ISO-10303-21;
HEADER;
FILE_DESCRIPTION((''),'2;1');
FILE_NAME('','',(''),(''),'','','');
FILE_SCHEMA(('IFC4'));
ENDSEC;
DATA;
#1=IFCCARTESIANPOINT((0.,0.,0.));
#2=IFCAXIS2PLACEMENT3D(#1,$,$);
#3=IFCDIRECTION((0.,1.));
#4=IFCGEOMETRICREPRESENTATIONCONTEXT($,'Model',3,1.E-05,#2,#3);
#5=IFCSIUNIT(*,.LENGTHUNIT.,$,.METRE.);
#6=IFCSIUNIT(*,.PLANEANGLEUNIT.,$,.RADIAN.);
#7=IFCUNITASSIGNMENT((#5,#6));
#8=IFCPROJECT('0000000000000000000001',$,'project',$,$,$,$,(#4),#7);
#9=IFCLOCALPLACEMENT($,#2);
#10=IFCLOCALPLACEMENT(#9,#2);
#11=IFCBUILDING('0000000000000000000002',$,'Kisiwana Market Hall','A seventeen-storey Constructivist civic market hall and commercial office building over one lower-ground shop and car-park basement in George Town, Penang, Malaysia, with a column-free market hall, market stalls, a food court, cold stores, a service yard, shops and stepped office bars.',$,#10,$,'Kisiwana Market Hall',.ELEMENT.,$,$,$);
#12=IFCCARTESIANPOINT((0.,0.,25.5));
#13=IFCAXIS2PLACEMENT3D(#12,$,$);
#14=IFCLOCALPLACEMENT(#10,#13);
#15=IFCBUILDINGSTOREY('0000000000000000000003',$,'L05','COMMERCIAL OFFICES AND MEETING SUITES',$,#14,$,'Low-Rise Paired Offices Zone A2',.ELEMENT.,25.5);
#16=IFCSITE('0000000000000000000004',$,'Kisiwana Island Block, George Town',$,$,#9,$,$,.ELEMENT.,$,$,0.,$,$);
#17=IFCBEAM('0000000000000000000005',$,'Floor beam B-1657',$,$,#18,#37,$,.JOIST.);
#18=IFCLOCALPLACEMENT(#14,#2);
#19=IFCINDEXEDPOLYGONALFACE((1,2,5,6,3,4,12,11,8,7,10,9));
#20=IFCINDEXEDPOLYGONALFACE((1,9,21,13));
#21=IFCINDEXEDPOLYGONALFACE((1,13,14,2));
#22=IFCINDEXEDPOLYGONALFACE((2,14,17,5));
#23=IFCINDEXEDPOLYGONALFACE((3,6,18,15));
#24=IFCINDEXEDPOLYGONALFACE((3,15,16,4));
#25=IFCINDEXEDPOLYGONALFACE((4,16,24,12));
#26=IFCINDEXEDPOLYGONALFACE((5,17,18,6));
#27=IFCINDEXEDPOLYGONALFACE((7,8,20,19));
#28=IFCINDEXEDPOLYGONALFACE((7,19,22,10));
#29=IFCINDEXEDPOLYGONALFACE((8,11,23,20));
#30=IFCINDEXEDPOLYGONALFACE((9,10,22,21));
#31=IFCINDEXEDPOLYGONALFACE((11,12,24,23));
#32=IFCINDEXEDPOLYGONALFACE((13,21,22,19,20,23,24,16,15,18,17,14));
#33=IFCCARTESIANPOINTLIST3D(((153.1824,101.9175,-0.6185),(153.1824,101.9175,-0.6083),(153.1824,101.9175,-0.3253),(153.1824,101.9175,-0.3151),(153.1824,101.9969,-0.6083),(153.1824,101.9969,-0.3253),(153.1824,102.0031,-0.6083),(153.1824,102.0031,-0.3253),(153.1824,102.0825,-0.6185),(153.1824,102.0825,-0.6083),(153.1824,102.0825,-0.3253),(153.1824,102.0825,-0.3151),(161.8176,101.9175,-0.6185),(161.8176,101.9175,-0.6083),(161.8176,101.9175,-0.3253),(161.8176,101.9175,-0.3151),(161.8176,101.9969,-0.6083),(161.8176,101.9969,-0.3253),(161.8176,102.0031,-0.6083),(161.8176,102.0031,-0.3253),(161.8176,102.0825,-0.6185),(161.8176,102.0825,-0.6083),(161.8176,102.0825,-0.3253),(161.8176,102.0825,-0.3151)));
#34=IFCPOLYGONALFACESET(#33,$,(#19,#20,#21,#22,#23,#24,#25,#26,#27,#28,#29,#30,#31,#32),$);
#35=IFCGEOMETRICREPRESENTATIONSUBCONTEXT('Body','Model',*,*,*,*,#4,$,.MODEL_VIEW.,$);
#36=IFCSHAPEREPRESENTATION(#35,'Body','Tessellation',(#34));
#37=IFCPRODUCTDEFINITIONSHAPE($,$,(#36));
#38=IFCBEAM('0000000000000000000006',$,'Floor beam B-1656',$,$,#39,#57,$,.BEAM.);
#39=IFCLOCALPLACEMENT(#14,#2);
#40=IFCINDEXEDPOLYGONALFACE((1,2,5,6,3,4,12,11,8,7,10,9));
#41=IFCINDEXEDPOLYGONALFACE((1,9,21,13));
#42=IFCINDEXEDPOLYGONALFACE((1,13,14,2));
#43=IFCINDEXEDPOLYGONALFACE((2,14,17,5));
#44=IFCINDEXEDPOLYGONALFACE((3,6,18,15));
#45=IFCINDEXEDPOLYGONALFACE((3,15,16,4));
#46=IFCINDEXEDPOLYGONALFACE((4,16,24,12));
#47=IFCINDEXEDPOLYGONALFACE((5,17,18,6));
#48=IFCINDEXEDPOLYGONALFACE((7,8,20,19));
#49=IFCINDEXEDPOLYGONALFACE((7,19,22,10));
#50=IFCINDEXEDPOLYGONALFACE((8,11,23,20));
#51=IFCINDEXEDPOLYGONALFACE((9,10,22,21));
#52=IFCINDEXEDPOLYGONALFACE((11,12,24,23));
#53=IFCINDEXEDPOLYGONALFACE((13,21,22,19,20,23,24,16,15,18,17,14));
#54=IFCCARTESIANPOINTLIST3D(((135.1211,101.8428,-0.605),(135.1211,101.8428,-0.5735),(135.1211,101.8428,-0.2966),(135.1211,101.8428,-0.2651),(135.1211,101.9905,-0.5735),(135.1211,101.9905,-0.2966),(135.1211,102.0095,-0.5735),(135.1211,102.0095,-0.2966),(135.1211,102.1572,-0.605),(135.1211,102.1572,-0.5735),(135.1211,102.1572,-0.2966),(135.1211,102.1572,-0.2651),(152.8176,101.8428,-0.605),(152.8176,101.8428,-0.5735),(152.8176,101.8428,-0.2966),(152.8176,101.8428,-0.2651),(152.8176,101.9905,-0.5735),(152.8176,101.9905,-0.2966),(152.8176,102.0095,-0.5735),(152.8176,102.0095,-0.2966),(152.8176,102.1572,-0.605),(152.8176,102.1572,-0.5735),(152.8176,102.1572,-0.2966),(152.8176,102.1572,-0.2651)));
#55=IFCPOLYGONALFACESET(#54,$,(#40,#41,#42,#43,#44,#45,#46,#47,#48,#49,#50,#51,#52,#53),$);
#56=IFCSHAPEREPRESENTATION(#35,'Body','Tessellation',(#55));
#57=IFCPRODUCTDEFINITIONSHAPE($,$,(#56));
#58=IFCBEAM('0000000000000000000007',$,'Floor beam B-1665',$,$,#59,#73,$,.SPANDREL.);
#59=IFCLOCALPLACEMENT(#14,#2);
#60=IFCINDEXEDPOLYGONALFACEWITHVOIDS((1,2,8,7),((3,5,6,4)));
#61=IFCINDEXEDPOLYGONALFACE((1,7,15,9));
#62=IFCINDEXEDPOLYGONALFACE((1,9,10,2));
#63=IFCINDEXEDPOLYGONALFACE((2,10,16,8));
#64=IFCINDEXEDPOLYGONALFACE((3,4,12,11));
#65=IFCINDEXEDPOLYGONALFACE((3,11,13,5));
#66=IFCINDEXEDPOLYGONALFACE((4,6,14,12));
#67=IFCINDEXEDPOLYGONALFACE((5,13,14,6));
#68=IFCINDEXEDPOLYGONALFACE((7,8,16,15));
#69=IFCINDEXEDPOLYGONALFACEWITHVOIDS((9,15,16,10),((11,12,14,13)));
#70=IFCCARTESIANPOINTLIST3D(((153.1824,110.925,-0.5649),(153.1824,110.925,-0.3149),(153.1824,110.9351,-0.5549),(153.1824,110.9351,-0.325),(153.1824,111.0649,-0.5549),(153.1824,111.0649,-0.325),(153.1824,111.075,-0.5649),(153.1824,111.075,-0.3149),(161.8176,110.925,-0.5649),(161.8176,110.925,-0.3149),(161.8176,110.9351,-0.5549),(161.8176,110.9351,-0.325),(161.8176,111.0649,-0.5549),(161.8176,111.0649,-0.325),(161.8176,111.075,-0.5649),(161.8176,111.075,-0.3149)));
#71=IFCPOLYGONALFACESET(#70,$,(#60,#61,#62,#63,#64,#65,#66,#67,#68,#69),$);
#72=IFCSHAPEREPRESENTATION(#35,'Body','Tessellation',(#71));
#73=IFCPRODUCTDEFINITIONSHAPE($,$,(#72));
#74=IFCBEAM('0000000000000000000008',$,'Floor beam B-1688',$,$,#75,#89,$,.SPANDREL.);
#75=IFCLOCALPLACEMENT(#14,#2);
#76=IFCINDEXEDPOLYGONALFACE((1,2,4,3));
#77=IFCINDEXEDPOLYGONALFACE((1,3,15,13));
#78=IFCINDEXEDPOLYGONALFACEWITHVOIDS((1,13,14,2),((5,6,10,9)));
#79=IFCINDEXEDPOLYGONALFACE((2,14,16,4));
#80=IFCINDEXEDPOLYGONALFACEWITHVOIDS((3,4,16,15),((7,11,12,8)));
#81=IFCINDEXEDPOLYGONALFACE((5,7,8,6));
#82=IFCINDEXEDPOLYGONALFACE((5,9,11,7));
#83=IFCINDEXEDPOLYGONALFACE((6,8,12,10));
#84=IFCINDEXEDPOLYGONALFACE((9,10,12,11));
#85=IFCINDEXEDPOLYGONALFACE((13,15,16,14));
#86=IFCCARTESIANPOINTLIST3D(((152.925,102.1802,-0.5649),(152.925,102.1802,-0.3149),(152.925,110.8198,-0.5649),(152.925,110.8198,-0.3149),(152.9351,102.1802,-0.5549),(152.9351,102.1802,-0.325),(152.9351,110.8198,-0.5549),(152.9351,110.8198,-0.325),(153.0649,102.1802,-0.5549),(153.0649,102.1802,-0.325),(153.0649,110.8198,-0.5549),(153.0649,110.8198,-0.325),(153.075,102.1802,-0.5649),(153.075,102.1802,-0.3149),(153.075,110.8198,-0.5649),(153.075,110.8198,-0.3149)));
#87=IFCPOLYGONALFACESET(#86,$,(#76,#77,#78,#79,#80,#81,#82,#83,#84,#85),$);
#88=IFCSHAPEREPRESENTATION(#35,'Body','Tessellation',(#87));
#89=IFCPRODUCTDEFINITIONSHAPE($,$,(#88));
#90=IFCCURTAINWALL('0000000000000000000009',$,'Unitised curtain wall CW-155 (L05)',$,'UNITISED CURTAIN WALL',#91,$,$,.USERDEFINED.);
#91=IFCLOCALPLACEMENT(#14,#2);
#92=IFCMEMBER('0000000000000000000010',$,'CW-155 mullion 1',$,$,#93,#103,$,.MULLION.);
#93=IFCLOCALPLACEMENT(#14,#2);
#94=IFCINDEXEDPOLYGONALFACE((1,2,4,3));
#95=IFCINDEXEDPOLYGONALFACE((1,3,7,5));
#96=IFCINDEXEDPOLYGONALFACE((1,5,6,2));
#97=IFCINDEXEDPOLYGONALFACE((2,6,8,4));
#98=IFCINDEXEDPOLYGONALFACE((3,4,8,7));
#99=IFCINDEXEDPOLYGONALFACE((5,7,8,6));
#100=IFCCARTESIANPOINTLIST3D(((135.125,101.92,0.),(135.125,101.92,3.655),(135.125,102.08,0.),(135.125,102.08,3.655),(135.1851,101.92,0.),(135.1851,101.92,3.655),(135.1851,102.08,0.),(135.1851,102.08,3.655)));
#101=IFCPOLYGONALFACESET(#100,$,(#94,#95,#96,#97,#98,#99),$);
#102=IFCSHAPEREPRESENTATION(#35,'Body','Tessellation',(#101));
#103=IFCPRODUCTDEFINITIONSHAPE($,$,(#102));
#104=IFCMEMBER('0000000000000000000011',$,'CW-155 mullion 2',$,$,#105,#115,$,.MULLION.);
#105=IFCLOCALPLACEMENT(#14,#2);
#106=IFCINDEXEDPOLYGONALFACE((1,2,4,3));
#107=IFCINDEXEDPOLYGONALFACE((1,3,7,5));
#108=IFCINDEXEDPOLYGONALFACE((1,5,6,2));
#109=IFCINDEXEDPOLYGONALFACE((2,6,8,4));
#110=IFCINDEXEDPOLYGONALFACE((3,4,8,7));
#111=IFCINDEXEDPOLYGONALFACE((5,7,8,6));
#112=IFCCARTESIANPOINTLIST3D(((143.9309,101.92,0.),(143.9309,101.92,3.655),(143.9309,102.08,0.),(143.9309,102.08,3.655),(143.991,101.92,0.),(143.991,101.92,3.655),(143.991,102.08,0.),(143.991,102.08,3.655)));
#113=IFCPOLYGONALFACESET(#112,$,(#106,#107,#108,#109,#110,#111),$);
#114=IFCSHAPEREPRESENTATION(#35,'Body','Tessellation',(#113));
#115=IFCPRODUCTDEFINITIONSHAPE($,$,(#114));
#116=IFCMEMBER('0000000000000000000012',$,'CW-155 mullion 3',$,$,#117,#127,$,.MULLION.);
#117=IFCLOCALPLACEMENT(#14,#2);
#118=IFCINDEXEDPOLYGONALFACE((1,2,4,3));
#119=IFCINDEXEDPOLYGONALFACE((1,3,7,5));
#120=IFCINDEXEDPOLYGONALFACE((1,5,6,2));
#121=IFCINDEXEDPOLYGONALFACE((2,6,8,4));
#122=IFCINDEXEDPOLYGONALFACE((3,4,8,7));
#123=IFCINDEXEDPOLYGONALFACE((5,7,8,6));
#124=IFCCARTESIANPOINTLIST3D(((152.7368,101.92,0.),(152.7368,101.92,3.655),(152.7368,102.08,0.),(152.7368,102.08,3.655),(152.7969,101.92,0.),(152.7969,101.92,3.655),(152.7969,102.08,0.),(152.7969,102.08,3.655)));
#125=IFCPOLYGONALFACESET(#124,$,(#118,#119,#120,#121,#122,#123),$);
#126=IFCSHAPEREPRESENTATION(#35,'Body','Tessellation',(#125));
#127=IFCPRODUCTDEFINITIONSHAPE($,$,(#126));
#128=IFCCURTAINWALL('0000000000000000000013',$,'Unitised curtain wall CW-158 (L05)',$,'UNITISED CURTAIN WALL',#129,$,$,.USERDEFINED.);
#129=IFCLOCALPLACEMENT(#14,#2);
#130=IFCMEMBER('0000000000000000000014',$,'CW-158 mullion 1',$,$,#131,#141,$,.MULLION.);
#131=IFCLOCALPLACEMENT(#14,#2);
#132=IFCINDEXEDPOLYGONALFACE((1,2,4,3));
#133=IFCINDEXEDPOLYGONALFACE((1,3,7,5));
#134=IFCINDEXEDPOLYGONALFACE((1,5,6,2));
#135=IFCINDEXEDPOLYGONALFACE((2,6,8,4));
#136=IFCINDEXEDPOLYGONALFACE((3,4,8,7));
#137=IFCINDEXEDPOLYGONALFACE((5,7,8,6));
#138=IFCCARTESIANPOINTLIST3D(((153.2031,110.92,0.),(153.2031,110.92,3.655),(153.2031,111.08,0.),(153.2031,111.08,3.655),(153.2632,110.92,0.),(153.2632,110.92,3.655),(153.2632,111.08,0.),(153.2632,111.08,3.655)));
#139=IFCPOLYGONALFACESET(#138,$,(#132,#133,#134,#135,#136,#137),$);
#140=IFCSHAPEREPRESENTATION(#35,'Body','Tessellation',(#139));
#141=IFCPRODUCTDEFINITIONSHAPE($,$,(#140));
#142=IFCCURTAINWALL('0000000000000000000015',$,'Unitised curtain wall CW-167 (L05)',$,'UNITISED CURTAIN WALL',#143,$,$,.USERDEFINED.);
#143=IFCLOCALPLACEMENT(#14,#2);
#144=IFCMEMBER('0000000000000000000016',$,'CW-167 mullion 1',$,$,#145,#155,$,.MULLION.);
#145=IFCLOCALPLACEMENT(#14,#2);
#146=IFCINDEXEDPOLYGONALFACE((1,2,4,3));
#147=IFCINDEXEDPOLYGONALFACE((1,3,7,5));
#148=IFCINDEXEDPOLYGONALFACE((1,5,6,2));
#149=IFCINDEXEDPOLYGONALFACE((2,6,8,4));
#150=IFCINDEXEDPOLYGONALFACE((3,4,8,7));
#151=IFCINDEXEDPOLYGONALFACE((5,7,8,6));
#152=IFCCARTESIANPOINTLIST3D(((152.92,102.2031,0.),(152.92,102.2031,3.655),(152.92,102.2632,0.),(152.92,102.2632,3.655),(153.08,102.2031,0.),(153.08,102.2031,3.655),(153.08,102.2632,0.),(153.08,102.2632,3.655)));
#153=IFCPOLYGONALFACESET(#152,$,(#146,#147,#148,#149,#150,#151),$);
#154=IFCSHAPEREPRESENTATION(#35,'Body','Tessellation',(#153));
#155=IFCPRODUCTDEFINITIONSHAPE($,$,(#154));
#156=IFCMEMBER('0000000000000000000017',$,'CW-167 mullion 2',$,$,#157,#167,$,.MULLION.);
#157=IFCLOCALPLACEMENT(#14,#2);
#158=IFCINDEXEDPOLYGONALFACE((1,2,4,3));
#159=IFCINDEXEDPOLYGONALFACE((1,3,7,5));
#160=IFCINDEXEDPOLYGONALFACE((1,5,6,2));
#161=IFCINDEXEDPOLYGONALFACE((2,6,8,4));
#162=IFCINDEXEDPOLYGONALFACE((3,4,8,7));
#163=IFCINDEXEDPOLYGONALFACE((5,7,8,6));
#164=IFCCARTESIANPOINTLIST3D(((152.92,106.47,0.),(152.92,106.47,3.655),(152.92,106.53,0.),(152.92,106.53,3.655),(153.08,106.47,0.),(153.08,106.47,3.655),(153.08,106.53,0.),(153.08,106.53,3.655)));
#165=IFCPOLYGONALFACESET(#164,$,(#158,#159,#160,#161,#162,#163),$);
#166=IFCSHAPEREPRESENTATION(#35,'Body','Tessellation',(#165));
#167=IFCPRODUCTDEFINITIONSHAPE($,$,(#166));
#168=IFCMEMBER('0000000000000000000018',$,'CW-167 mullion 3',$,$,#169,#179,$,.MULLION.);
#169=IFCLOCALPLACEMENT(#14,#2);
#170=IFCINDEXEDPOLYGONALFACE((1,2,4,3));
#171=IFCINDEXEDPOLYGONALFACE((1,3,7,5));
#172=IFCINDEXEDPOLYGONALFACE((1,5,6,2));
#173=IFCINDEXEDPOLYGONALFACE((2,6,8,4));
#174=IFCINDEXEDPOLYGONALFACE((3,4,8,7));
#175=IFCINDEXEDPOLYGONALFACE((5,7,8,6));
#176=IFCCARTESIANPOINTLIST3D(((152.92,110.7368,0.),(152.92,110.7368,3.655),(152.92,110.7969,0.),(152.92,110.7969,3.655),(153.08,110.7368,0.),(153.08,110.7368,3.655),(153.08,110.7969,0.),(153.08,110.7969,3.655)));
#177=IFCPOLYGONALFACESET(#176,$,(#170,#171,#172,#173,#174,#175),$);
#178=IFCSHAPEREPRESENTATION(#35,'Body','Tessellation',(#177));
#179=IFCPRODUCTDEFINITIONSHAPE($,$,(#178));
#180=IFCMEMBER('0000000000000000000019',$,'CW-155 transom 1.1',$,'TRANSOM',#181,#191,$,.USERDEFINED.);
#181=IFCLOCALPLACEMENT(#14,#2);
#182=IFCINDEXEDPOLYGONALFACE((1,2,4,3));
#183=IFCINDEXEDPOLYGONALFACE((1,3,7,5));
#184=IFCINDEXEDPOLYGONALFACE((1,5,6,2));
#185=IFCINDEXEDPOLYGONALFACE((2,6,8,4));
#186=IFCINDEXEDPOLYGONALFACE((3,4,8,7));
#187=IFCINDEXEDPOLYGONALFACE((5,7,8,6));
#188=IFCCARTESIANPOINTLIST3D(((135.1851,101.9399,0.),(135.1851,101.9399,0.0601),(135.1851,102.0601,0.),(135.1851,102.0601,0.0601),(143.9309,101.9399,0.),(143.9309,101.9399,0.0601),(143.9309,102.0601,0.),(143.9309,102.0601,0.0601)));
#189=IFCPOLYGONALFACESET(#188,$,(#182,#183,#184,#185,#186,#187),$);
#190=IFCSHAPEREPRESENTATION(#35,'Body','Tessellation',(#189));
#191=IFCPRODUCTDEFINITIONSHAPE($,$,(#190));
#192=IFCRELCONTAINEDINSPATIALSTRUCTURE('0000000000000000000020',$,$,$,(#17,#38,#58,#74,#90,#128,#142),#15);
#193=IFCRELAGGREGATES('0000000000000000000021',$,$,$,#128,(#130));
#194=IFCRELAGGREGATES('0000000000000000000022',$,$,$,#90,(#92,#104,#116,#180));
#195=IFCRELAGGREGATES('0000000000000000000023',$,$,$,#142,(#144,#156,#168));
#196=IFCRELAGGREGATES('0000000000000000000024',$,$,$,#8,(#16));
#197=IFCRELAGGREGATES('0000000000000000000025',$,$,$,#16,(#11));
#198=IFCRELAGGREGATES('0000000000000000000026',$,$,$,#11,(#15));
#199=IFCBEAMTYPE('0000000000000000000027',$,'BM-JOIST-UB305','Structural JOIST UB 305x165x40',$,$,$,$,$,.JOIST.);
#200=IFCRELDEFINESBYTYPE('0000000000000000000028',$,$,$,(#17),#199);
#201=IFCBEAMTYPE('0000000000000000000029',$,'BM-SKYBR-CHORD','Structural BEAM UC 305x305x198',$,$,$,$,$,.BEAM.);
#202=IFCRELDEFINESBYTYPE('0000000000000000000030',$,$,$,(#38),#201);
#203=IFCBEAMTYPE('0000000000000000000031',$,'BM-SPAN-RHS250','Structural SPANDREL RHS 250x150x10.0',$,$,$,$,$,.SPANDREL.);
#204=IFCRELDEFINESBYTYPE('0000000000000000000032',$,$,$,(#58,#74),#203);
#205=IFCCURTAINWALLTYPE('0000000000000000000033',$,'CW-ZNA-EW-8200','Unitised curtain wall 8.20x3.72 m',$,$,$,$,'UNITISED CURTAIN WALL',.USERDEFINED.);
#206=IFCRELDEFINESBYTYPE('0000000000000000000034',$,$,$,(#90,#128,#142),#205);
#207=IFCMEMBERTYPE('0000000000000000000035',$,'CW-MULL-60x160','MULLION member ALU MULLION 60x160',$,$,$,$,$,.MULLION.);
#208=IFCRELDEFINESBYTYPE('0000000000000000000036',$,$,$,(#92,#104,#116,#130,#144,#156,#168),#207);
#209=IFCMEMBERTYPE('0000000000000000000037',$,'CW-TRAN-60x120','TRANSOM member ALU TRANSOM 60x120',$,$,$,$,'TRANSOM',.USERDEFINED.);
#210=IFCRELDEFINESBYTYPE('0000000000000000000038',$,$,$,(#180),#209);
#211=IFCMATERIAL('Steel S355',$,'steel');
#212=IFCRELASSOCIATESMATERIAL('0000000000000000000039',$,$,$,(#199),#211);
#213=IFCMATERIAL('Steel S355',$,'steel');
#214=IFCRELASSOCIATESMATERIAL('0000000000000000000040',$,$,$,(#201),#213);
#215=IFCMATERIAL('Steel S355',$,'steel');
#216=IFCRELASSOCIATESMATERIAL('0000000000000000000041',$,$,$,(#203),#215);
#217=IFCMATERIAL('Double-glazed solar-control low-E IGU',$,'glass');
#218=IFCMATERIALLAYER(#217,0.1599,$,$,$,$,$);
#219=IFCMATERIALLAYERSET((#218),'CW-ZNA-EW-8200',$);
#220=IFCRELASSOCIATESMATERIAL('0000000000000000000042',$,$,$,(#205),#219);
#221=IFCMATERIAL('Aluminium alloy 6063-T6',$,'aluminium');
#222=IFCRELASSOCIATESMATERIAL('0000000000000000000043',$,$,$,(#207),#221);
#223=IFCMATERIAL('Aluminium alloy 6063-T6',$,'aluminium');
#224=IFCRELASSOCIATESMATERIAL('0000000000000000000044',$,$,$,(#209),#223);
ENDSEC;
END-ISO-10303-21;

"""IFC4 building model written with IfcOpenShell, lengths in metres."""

from ifc_helpers import new_model, si_unit, direction, frame, origin, origin_2d, place, context, subcontext, project, spatial, rectangle, hollow_rectangle, i_section, extrude, material, layer, layer_set, material_profile, profile_set, type_object, element, aggregate, save


model = new_model("IFC4")

# Units and contexts
model_context = context("Model", 3, precision=1e-05, world=origin(), true_north=direction((0.0, 1.0)))
body_context = subcontext(model_context, "Body", "Model", "MODEL_VIEW")
ifc_project = project(units=[si_unit("LENGTHUNIT", "METRE"), si_unit("PLANEANGLEUNIT", "RADIAN")], contexts=[model_context])

# Site, building, storey
site_placement = place(None, origin())
site = spatial("IfcSite", under=ifc_project, at=site_placement, Name="Kisiwana Island Block, George Town", CompositionType="ELEMENT", RefElevation=0.0)
building_placement = place(site_placement, origin())
building = spatial("IfcBuilding", under=site, at=building_placement, Name="Kisiwana Market Hall", Description="A seventeen-storey Constructivist civic market hall and commercial office building over one lower-ground shop and car-park basement in George Town, Penang, Malaysia, with a column-free market hall, market stalls, a food court, cold stores, a service yard, shops and stepped office bars.", LongName="Kisiwana Market Hall", CompositionType="ELEMENT")
storey_placement = place(building_placement, frame((0.0, 0.0, 25.5)))
storey = spatial("IfcBuildingStorey", under=building, at=storey_placement, Name="L05", Description="COMMERCIAL OFFICES AND MEETING SUITES", LongName="Low-Rise Paired Offices Zone A2", CompositionType="ELEMENT", Elevation=25.5)

# Beams
ifc_material_1 = material(Name="Steel S355", Category="steel")
ifc_material_profile_1 = material_profile(ifc_material_1, i_section(OverallWidth=0.165, OverallDepth=0.3035, WebThickness=0.0061, FlangeThickness=0.0103, at=origin_2d()), Name="UB 305x165x40")
ifc_profile_set_1 = profile_set([ifc_material_profile_1], Name="Steel S355")
beam_type_1 = type_object("IfcBeamType", Name="BM-JOIST-UB305", Description="Structural JOIST UB 305x165x40", PredefinedType="JOIST", material=ifc_profile_set_1)
beam_1_placement = place(storey_placement, frame((153.1824, 102.0, -0.4668), z_axis=(1.0, 0.0, 0.0), x_axis=(0.0, 1.0, 0.0)))
element("IfcBeam", 1, at=beam_1_placement, inside=storey, type_object=beam_type_1, Name="Floor beam B-1657", PredefinedType="JOIST", context=body_context, shape_type="SweptSolid", body=[
    extrude(i_section(OverallWidth=0.165, OverallDepth=0.3035, WebThickness=0.0061, FlangeThickness=0.0103, at=origin_2d()), origin(), (0.0, 0.0, 1.0), 8.6353),
])
ifc_material_2 = material(Name="Steel S355", Category="steel")
ifc_material_profile_2 = material_profile(ifc_material_2, i_section(OverallWidth=0.3145, OverallDepth=0.3398, WebThickness=0.019, FlangeThickness=0.0315, at=origin_2d()), Name="UC 305x305x198")
ifc_profile_set_2 = profile_set([ifc_material_profile_2], Name="Steel S355")
beam_type_2 = type_object("IfcBeamType", Name="BM-SKYBR-CHORD", Description="Structural BEAM UC 305x305x198", PredefinedType="BEAM", material=ifc_profile_set_2)
beam_2_placement = place(storey_placement, frame((135.1211, 102.0, -0.4351), z_axis=(1.0, 0.0, 0.0), x_axis=(0.0, 1.0, 0.0)))
element("IfcBeam", 2, at=beam_2_placement, inside=storey, type_object=beam_type_2, Name="Floor beam B-1656", PredefinedType="BEAM", context=body_context, shape_type="SweptSolid", body=[
    extrude(i_section(OverallWidth=0.3145, OverallDepth=0.3398, WebThickness=0.019, FlangeThickness=0.0315, at=origin_2d()), origin(), (0.0, 0.0, 1.0), 17.6965),
])
ifc_material_3 = material(Name="Steel S355", Category="steel")
ifc_material_profile_3 = material_profile(ifc_material_3, hollow_rectangle(XDim=0.1499, YDim=0.25, WallThickness=0.01, at=origin_2d()), Name="RHS 250x150x10.0")
ifc_profile_set_3 = profile_set([ifc_material_profile_3], Name="Steel S355")
beam_type_3 = type_object("IfcBeamType", Name="BM-SPAN-RHS250", Description="Structural SPANDREL RHS 250x150x10.0", PredefinedType="SPANDREL", material=ifc_profile_set_3)
beam_3_placement = place(storey_placement, frame((153.1824, 111.0, -0.4399), z_axis=(1.0, 0.0, 0.0), x_axis=(0.0, 1.0, 0.0)))
element("IfcBeam", 3, at=beam_3_placement, inside=storey, type_object=beam_type_3, Name="Floor beam B-1665", PredefinedType="SPANDREL", context=body_context, shape_type="SweptSolid", body=[
    extrude(hollow_rectangle(XDim=0.1499, YDim=0.25, WallThickness=0.01, at=origin_2d()), origin(), (0.0, 0.0, 1.0), 8.6353),
])
beam_4_placement = place(storey_placement, frame((153.0, 102.1802, -0.4399), z_axis=(0.0, 1.0, 0.0), x_axis=(-1.0, 0.0, 0.0)))
element("IfcBeam", 4, at=beam_4_placement, inside=storey, type_object=beam_type_3, Name="Floor beam B-1688", PredefinedType="SPANDREL", context=body_context, shape_type="SweptSolid", body=[
    extrude(hollow_rectangle(XDim=0.1499, YDim=0.25, WallThickness=0.01, at=origin_2d()), origin(), (0.0, 0.0, 1.0), 8.6396),
])

# Curtain wall, members
ifc_material_4 = material(Name="Double-glazed solar-control low-E IGU", Category="glass")
ifc_layer_1 = layer(ifc_material_4, 0.1599)
ifc_layer_set_1 = layer_set([ifc_layer_1], Name="CW-ZNA-EW-8200")
curtain_wall_type = type_object("IfcCurtainWallType", Name="CW-ZNA-EW-8200", Description="Unitised curtain wall 8.20x3.72 m", ElementType="UNITISED CURTAIN WALL", PredefinedType="USERDEFINED", material=ifc_layer_set_1)
curtain_wall_1_placement = place(storey_placement, origin())
curtain_wall_1 = element("IfcCurtainWall", 5, at=curtain_wall_1_placement, inside=storey, type_object=curtain_wall_type, Name="Unitised curtain wall CW-155 (L05)", ObjectType="UNITISED CURTAIN WALL", PredefinedType="USERDEFINED")
ifc_material_5 = material(Name="Aluminium alloy 6063-T6", Category="aluminium")
ifc_material_profile_4 = material_profile(ifc_material_5, rectangle(XDim=0.0601, YDim=0.1599, at=origin_2d()), Name="ALU MULLION 60x160")
ifc_profile_set_4 = profile_set([ifc_material_profile_4], Name="Aluminium alloy 6063-T6")
member_type_1 = type_object("IfcMemberType", Name="CW-MULL-60x160", Description="MULLION member ALU MULLION 60x160", PredefinedType="MULLION", material=ifc_profile_set_4)
member_1_placement = place(storey_placement, frame((135.155, 102.0, 0.0), z_axis=(0.0, 0.0, 1.0), x_axis=(1.0, 0.0, 0.0)))
member_1 = element("IfcMember", 6, at=member_1_placement, type_object=member_type_1, Name="CW-155 mullion 1", PredefinedType="MULLION", context=body_context, shape_type="SweptSolid", body=[
    extrude(rectangle(XDim=0.0601, YDim=0.1599, at=origin_2d()), origin(), (0.0, 0.0, 1.0), 3.655),
])
member_2_placement = place(storey_placement, frame((143.9609, 102.0, 0.0), z_axis=(0.0, 0.0, 1.0), x_axis=(1.0, 0.0, 0.0)))
member_2 = element("IfcMember", 7, at=member_2_placement, type_object=member_type_1, Name="CW-155 mullion 2", PredefinedType="MULLION", context=body_context, shape_type="SweptSolid", body=[
    extrude(rectangle(XDim=0.0601, YDim=0.1599, at=origin_2d()), origin(), (0.0, 0.0, 1.0), 3.655),
])
member_3_placement = place(storey_placement, frame((152.7668, 102.0, 0.0), z_axis=(0.0, 0.0, 1.0), x_axis=(1.0, 0.0, 0.0)))
member_3 = element("IfcMember", 8, at=member_3_placement, type_object=member_type_1, Name="CW-155 mullion 3", PredefinedType="MULLION", context=body_context, shape_type="SweptSolid", body=[
    extrude(rectangle(XDim=0.0601, YDim=0.1599, at=origin_2d()), origin(), (0.0, 0.0, 1.0), 3.655),
])

# Curtain wall, member
curtain_wall_2_placement = place(storey_placement, origin())
curtain_wall_2 = element("IfcCurtainWall", 9, at=curtain_wall_2_placement, inside=storey, type_object=curtain_wall_type, Name="Unitised curtain wall CW-158 (L05)", ObjectType="UNITISED CURTAIN WALL", PredefinedType="USERDEFINED")
member_4_placement = place(storey_placement, frame((153.2332, 111.0, 0.0), z_axis=(0.0, 0.0, 1.0), x_axis=(1.0, 0.0, 0.0)))
member_4 = element("IfcMember", 10, at=member_4_placement, type_object=member_type_1, Name="CW-158 mullion 1", PredefinedType="MULLION", context=body_context, shape_type="SweptSolid", body=[
    extrude(rectangle(XDim=0.0601, YDim=0.1599, at=origin_2d()), origin(), (0.0, 0.0, 1.0), 3.655),
])
aggregate(curtain_wall_2, [member_4])

# Curtain wall, members
curtain_wall_3_placement = place(storey_placement, origin())
curtain_wall_3 = element("IfcCurtainWall", 11, at=curtain_wall_3_placement, inside=storey, type_object=curtain_wall_type, Name="Unitised curtain wall CW-167 (L05)", ObjectType="UNITISED CURTAIN WALL", PredefinedType="USERDEFINED")
member_5_placement = place(storey_placement, frame((153.0, 102.2332, 0.0), z_axis=(0.0, 0.0, 1.0), x_axis=(0.0, 1.0, 0.0)))
member_5 = element("IfcMember", 12, at=member_5_placement, type_object=member_type_1, Name="CW-167 mullion 1", PredefinedType="MULLION", context=body_context, shape_type="SweptSolid", body=[
    extrude(rectangle(XDim=0.0601, YDim=0.1599, at=origin_2d()), origin(), (0.0, 0.0, 1.0), 3.655),
])
member_6_placement = place(storey_placement, frame((153.0, 106.5, 0.0), z_axis=(0.0, 0.0, 1.0), x_axis=(0.0, 1.0, 0.0)))
member_6 = element("IfcMember", 13, at=member_6_placement, type_object=member_type_1, Name="CW-167 mullion 2", PredefinedType="MULLION", context=body_context, shape_type="SweptSolid", body=[
    extrude(rectangle(XDim=0.0601, YDim=0.1599, at=origin_2d()), origin(), (0.0, 0.0, 1.0), 3.655),
])
member_7_placement = place(storey_placement, frame((153.0, 110.7668, 0.0), z_axis=(0.0, 0.0, 1.0), x_axis=(0.0, 1.0, 0.0)))
member_7 = element("IfcMember", 14, at=member_7_placement, type_object=member_type_1, Name="CW-167 mullion 3", PredefinedType="MULLION", context=body_context, shape_type="SweptSolid", body=[
    extrude(rectangle(XDim=0.0601, YDim=0.1599, at=origin_2d()), origin(), (0.0, 0.0, 1.0), 3.655),
])

# Member
ifc_material_6 = material(Name="Aluminium alloy 6063-T6", Category="aluminium")
ifc_material_profile_5 = material_profile(ifc_material_6, rectangle(XDim=0.1201, YDim=0.0601, at=origin_2d()), Name="ALU TRANSOM 60x120")
ifc_profile_set_5 = profile_set([ifc_material_profile_5], Name="Aluminium alloy 6063-T6")
member_type_2 = type_object("IfcMemberType", Name="CW-TRAN-60x120", Description="TRANSOM member ALU TRANSOM 60x120", ElementType="TRANSOM", PredefinedType="USERDEFINED", material=ifc_profile_set_5)
member_8_placement = place(storey_placement, frame((135.1851, 102.0, 0.03), z_axis=(1.0, 0.0, 0.0), x_axis=(0.0, 1.0, 0.0)))
member_8 = element("IfcMember", 15, at=member_8_placement, type_object=member_type_2, Name="CW-155 transom 1.1", ObjectType="TRANSOM", PredefinedType="USERDEFINED", context=body_context, shape_type="SweptSolid", body=[
    extrude(rectangle(XDim=0.1201, YDim=0.0601, at=origin_2d()), origin(), (0.0, 0.0, 1.0), 8.7458),
])

aggregate(curtain_wall_1, [member_1, member_2, member_3, member_8])
aggregate(curtain_wall_3, [member_5, member_6, member_7])

save(model, "model.ifc")
